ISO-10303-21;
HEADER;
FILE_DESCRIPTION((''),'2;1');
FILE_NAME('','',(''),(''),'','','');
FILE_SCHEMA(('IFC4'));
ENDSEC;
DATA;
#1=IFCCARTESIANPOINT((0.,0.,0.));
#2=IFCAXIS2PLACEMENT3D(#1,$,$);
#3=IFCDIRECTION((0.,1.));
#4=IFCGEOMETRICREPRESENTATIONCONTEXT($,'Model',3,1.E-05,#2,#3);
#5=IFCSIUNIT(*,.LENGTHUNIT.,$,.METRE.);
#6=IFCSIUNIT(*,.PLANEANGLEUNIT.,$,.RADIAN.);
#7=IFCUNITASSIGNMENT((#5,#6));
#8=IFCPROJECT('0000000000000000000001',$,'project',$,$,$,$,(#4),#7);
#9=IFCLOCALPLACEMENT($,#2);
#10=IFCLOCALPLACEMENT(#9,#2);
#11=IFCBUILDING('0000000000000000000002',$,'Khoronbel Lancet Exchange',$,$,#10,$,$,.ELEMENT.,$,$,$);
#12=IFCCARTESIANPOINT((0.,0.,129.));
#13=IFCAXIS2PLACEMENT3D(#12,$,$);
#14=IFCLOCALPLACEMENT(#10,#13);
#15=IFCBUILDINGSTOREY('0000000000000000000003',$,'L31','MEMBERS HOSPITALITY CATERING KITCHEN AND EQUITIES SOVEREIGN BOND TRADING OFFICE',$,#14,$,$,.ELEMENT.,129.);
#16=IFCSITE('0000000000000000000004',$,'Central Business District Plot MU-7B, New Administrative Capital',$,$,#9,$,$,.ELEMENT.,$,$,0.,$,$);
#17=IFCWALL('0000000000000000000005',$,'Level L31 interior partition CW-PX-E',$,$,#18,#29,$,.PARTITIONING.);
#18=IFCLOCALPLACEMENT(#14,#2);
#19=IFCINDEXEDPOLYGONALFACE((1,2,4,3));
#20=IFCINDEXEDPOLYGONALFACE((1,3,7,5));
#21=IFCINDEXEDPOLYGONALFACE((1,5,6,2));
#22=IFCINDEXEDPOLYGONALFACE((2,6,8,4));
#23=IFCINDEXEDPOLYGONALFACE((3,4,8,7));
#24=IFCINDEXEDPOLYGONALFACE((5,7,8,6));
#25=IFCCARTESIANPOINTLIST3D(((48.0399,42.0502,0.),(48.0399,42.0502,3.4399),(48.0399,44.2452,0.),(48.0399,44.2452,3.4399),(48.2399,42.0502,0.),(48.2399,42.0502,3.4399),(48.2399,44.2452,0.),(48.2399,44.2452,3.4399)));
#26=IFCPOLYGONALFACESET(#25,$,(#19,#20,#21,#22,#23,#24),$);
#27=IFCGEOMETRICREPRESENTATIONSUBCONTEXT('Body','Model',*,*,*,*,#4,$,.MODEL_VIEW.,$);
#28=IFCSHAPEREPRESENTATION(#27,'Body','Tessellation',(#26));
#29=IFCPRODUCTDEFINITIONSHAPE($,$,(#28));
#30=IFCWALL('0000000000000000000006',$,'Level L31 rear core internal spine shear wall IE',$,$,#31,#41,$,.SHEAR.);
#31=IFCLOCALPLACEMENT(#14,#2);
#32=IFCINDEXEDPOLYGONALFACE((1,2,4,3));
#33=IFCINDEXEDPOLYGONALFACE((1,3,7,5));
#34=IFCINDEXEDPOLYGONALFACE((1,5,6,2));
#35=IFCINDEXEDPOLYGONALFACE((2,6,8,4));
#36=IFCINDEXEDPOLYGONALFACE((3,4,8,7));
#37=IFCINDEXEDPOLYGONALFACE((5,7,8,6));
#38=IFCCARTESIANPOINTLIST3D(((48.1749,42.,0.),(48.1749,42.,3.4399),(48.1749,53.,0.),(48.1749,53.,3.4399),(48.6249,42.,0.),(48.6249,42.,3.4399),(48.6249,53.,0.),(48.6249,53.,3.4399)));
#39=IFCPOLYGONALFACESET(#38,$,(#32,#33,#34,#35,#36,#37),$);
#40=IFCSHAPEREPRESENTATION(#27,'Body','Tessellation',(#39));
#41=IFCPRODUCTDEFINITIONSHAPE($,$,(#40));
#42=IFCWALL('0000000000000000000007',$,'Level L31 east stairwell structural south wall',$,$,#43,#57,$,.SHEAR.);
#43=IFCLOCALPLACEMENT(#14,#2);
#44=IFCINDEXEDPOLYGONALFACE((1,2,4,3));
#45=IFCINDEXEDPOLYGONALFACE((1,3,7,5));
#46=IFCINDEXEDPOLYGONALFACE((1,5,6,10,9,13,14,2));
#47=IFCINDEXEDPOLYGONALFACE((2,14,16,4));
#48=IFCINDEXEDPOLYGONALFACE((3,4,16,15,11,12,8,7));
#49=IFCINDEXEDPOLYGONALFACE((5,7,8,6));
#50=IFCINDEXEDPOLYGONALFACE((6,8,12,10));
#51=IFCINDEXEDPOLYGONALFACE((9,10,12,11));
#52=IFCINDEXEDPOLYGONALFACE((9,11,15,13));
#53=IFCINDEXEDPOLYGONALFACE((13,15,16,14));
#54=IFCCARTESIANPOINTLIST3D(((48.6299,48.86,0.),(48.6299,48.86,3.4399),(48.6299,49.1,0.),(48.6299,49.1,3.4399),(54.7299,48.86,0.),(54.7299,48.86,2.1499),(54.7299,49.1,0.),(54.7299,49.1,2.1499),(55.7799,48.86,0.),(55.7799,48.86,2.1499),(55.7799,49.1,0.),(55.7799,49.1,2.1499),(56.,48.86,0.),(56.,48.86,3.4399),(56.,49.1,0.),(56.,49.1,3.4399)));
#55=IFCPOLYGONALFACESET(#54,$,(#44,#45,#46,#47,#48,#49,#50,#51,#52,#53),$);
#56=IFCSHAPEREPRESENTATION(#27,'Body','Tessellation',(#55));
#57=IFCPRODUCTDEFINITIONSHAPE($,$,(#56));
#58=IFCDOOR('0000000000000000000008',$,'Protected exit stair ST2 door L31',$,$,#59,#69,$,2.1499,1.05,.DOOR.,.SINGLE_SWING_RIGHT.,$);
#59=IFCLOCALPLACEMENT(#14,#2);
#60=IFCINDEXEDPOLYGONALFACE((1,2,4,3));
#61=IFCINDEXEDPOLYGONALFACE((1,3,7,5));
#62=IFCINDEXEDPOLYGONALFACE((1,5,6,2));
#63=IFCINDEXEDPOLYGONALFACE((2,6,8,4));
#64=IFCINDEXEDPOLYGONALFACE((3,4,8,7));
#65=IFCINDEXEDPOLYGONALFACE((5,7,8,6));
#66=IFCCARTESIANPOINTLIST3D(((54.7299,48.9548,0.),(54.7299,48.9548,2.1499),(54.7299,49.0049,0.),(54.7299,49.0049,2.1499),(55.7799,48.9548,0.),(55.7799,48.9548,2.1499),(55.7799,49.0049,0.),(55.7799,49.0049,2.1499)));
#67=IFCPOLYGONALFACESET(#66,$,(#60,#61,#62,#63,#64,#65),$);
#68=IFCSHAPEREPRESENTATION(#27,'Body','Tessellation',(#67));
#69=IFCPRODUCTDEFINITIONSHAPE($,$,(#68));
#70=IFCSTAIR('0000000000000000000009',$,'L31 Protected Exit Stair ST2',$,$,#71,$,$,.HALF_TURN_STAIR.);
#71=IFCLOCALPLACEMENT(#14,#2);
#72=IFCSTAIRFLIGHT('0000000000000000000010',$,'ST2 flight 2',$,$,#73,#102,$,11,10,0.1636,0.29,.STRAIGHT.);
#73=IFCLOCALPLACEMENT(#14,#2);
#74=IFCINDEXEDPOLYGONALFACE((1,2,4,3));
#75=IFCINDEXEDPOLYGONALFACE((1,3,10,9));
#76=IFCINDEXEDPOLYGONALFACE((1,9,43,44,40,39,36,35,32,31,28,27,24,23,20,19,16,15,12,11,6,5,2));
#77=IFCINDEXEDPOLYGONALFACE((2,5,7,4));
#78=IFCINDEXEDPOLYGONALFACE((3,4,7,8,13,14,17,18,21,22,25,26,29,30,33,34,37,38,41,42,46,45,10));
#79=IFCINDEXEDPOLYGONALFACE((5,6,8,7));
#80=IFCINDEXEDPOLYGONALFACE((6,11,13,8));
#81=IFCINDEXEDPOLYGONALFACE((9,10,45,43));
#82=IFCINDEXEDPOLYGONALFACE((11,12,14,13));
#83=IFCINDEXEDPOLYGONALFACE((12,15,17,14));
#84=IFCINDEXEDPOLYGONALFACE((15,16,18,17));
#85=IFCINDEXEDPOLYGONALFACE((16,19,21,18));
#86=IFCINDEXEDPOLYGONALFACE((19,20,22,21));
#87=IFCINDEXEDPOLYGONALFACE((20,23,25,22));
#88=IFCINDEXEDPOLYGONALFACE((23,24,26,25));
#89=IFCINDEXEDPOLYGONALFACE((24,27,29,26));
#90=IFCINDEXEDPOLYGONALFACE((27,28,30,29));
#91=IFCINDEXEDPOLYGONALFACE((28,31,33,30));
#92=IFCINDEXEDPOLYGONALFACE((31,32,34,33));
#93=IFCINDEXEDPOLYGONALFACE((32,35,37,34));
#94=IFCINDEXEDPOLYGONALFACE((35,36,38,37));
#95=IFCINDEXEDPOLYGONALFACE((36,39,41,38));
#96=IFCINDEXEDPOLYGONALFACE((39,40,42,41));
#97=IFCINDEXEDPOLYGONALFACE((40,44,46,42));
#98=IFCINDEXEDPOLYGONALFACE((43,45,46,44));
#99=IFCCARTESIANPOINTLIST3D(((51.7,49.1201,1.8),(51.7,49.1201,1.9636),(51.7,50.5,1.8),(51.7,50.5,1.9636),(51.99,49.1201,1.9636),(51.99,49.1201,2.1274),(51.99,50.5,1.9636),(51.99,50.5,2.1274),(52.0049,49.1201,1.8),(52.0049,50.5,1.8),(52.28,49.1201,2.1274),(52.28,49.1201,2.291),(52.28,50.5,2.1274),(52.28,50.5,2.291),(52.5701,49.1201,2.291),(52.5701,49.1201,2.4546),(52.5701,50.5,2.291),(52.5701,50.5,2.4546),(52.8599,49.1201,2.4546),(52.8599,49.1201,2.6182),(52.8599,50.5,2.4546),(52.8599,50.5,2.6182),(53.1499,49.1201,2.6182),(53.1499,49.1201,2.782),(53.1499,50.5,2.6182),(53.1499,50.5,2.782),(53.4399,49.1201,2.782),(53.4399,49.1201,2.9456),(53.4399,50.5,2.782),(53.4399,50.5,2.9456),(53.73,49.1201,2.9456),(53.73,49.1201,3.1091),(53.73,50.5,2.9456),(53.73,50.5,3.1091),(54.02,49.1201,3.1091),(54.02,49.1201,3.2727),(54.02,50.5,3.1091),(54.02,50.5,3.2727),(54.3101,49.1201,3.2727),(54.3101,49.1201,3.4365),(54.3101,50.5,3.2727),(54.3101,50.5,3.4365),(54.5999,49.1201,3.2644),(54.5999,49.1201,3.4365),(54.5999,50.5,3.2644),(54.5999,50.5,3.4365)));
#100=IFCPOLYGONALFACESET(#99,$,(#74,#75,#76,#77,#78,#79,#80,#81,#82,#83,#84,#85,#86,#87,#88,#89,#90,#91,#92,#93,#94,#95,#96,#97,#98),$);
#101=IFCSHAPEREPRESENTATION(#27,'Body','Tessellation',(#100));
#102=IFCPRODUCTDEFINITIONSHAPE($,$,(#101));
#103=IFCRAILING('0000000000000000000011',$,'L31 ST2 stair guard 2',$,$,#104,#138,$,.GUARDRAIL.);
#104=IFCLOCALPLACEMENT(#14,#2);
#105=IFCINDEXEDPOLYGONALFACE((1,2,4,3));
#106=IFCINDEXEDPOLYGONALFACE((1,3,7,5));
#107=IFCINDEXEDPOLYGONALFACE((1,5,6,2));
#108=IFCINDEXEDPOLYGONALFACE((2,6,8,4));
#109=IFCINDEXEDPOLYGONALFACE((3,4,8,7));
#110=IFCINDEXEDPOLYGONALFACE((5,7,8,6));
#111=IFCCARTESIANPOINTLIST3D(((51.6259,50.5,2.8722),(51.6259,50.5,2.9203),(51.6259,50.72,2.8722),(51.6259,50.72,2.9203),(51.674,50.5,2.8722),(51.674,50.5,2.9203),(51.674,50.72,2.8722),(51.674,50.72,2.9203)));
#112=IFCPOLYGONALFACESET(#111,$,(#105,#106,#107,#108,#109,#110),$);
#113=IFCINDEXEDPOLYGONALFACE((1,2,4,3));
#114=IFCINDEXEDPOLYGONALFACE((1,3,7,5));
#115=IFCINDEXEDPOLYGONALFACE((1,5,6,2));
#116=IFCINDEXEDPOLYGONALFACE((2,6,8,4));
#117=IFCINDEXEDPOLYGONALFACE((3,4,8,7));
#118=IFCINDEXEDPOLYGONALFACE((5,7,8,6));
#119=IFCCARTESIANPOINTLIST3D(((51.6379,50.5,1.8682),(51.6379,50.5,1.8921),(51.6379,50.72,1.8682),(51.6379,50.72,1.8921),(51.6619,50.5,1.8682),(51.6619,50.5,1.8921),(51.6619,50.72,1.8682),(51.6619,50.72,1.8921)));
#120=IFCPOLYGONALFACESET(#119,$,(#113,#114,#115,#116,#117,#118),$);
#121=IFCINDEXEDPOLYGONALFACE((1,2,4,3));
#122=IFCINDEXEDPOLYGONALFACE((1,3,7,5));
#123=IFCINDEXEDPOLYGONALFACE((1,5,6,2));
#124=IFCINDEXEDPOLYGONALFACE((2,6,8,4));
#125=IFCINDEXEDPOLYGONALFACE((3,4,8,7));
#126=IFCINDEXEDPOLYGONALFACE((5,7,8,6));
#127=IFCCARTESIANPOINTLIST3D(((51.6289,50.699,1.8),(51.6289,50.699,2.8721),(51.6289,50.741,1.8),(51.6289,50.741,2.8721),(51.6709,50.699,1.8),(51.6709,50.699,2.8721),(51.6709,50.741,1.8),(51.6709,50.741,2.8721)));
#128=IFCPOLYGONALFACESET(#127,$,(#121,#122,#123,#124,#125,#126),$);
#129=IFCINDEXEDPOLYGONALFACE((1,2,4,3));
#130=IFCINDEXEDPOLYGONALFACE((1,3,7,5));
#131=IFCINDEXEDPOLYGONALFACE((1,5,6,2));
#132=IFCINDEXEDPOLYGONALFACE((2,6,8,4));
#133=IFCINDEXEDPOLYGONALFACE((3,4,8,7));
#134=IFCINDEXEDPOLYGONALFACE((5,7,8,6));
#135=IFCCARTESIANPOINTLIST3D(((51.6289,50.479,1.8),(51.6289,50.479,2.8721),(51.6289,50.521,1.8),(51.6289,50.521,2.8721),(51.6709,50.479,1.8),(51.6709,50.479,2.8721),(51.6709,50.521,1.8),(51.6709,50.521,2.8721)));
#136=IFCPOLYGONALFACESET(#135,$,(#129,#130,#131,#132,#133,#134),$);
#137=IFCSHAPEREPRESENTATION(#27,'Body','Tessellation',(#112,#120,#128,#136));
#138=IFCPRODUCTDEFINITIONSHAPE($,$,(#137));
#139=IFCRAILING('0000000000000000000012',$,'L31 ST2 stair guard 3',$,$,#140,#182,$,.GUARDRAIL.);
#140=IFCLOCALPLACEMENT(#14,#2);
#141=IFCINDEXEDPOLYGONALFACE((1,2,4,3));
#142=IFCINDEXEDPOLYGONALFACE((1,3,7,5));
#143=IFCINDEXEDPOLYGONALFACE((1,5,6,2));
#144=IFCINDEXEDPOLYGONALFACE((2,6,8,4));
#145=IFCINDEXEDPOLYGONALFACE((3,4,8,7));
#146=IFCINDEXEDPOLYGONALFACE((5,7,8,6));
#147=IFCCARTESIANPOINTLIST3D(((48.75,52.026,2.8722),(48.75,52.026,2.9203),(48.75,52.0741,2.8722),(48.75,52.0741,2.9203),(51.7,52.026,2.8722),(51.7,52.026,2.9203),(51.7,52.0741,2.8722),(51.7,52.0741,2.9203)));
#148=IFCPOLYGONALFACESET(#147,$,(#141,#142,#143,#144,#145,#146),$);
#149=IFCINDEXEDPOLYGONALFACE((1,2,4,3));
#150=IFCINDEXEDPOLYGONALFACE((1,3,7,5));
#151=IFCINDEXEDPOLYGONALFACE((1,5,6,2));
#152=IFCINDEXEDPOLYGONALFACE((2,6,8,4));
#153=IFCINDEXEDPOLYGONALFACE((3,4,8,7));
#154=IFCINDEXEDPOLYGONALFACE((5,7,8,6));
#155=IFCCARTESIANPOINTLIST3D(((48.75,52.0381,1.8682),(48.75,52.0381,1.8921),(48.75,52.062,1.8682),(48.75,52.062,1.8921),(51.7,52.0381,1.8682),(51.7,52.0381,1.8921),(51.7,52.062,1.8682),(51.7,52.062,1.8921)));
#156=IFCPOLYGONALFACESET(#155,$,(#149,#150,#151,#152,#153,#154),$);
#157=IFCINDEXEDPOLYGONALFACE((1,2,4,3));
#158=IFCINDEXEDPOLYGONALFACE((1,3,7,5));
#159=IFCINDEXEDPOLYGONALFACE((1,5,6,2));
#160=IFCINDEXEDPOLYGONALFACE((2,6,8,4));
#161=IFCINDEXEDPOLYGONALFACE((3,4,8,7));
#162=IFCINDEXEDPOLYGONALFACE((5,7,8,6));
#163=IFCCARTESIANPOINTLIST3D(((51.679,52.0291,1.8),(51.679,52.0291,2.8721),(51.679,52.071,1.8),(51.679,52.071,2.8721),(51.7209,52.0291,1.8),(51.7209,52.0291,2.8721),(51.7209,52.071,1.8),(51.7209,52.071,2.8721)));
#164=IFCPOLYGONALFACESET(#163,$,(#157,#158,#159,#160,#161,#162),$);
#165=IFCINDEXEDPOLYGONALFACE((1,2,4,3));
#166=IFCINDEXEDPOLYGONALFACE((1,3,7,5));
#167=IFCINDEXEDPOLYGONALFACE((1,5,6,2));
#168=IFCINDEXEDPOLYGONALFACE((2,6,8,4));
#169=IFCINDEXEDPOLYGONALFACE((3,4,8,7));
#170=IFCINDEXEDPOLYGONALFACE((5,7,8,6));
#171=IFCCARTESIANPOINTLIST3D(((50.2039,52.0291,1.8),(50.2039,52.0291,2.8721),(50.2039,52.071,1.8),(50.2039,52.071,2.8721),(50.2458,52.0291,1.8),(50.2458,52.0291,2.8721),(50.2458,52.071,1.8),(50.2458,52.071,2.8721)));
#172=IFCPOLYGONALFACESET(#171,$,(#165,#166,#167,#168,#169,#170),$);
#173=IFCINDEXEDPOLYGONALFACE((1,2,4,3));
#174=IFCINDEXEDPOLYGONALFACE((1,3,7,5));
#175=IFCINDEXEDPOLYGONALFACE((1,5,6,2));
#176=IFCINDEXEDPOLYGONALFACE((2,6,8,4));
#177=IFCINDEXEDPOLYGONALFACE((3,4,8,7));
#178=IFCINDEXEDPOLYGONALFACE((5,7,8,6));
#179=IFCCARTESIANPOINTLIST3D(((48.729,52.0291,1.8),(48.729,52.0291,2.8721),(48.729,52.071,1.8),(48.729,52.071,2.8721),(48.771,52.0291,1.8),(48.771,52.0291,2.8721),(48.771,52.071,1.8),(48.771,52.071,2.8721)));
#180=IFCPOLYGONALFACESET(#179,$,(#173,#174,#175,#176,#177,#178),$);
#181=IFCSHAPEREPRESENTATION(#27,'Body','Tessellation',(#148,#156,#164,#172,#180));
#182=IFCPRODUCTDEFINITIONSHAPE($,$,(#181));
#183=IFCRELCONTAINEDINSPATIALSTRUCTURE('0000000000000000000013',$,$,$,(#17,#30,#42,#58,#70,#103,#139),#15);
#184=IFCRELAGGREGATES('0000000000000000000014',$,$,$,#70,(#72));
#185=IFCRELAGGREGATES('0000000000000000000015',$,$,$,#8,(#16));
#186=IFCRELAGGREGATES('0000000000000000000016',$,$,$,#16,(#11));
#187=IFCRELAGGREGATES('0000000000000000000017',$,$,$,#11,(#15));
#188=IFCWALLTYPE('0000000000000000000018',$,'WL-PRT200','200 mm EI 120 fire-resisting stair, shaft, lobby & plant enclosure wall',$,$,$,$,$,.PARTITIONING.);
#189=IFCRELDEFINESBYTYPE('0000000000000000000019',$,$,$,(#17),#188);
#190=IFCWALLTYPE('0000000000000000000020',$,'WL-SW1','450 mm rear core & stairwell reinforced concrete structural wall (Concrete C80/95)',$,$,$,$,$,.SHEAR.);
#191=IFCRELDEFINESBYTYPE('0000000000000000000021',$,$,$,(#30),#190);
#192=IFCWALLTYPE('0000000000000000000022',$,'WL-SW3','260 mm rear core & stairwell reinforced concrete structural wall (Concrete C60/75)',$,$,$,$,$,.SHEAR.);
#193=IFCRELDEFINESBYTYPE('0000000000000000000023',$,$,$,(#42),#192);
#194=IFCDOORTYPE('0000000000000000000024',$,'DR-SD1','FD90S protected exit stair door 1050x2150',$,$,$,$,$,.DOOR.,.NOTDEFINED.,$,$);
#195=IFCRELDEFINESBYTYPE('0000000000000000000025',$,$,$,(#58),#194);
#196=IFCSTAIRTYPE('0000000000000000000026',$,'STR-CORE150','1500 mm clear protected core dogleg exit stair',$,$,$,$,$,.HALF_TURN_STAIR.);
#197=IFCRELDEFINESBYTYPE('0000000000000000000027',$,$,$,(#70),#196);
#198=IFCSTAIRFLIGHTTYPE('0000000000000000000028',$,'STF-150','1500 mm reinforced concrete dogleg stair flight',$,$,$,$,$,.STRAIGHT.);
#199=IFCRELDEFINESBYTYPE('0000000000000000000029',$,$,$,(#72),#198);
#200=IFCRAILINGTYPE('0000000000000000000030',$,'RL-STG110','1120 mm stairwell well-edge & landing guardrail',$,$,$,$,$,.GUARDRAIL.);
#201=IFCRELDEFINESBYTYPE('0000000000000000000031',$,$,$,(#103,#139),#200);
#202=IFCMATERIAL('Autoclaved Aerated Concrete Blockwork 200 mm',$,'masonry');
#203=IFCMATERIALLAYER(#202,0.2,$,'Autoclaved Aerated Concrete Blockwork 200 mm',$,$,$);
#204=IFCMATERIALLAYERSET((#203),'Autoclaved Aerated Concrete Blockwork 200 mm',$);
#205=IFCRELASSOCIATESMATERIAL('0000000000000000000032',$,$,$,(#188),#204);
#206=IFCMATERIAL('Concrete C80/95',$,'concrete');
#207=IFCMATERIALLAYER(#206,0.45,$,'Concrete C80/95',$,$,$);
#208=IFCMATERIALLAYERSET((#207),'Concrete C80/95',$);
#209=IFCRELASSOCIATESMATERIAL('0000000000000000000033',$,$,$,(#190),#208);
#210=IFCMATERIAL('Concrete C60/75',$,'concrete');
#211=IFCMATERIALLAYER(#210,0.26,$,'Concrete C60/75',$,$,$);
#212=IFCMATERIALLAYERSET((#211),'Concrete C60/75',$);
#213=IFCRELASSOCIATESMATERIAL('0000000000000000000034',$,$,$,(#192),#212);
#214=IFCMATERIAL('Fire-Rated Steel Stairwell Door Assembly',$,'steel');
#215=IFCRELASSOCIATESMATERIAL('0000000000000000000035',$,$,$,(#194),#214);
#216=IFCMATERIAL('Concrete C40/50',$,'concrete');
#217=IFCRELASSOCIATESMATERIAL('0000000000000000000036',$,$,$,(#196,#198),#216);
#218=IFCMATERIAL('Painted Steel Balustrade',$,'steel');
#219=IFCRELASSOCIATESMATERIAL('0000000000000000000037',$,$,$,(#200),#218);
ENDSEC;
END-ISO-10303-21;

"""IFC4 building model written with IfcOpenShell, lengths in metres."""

from ifc_helpers import new_model, si_unit, direction, frame, frame_2d, origin, origin_2d, place, context, subcontext, project, spatial, polyline, rectangle, outline, extrude, material, layer, layer_set, type_object, element, fill, aggregate, save


model = new_model("IFC4")

# Units and contexts
model_context = context("Model", 3, precision=1e-05, world=origin(), true_north=direction((0.0, 1.0)))
body_context = subcontext(model_context, "Body", "Model", "MODEL_VIEW")
ifc_project = project(units=[si_unit("LENGTHUNIT", "METRE"), si_unit("PLANEANGLEUNIT", "RADIAN")], contexts=[model_context])

# Site, building, storey
site_placement = place(None, origin())
site = spatial("IfcSite", under=ifc_project, at=site_placement, Name="Central Business District Plot MU-7B, New Administrative Capital", CompositionType="ELEMENT", RefElevation=0.0)
building_placement = place(site_placement, origin())
building = spatial("IfcBuilding", under=site, at=building_placement, Name="Khoronbel Lancet Exchange", CompositionType="ELEMENT")
storey_placement = place(building_placement, frame((0.0, 0.0, 129.0)))
storey = spatial("IfcBuildingStorey", under=building, at=storey_placement, Name="L31", Description="MEMBERS HOSPITALITY CATERING KITCHEN AND EQUITIES SOVEREIGN BOND TRADING OFFICE", CompositionType="ELEMENT", Elevation=129.0)

# Shared definitions
ifc_material_1 = material(Name="Autoclaved Aerated Concrete Blockwork 200 mm", Category="masonry")
ifc_layer_1 = layer(ifc_material_1, 0.2, Name="Autoclaved Aerated Concrete Blockwork 200 mm")
ifc_layer_set_1 = layer_set([ifc_layer_1], Name="Autoclaved Aerated Concrete Blockwork 200 mm")
wall_type_1 = type_object("IfcWallType", Name="WL-PRT200", Description="200 mm EI 120 fire-resisting stair, shaft, lobby & plant enclosure wall", PredefinedType="PARTITIONING", material=ifc_layer_set_1)

# Walls
wall_1_placement = place(storey_placement, frame((48.1399, 42.05, 0.0), z_axis=(0.0, 0.0, 1.0), x_axis=(0.0, 1.0, 0.0)))
element("IfcWall", 1, at=wall_1_placement, inside=storey, type_object=wall_type_1, Name="Level L31 interior partition CW-PX-E", PredefinedType="PARTITIONING", context=body_context, shape_type="SweptSolid", body=[
    extrude(rectangle(XDim=2.1951, YDim=0.2, at=frame_2d((1.0977, 0.0))), origin(), (0.0, 0.0, 1.0), 3.4399),
])
ifc_material_2 = material(Name="Concrete C80/95", Category="concrete")
ifc_layer_2 = layer(ifc_material_2, 0.45, Name="Concrete C80/95")
ifc_layer_set_2 = layer_set([ifc_layer_2], Name="Concrete C80/95")
wall_type_2 = type_object("IfcWallType", Name="WL-SW1", Description="450 mm rear core & stairwell reinforced concrete structural wall (Concrete C80/95)", PredefinedType="SHEAR", material=ifc_layer_set_2)
wall_2_placement = place(storey_placement, frame((48.3999, 42.0, 0.0), z_axis=(0.0, 0.0, 1.0), x_axis=(0.0, 1.0, 0.0)))
element("IfcWall", 2, at=wall_2_placement, inside=storey, type_object=wall_type_2, Name="Level L31 rear core internal spine shear wall IE", PredefinedType="SHEAR", context=body_context, shape_type="SweptSolid", body=[
    extrude(rectangle(XDim=11.0, YDim=0.45, at=frame_2d((5.5, 0.0))), origin(), (0.0, 0.0, 1.0), 3.4399),
])

# Wall, opening, door
ifc_material_3 = material(Name="Concrete C60/75", Category="concrete")
ifc_layer_3 = layer(ifc_material_3, 0.26, Name="Concrete C60/75")
ifc_layer_set_3 = layer_set([ifc_layer_3], Name="Concrete C60/75")
wall_type_3 = type_object("IfcWallType", Name="WL-SW3", Description="260 mm rear core & stairwell reinforced concrete structural wall (Concrete C60/75)", PredefinedType="SHEAR", material=ifc_layer_set_3)
wall_3_placement = place(storey_placement, frame((48.6299, 48.98, 0.0), z_axis=(0.0, 0.0, 1.0), x_axis=(1.0, 0.0, 0.0)))
wall_3 = element("IfcWall", 3, at=wall_3_placement, inside=storey, type_object=wall_type_3, Name="Level L31 east stairwell structural south wall", PredefinedType="SHEAR", context=body_context, shape_type="SweptSolid", body=[
    extrude(rectangle(XDim=7.3701, YDim=0.24, at=frame_2d((3.6851, 0.0))), origin(), (0.0, 0.0, 1.0), 3.4399),
])
opening_1_placement = place(wall_3_placement, frame((6.1001, 0.0, 0.0)))
opening_1 = element("IfcOpeningElement", 4, at=opening_1_placement, cuts=wall_3, PredefinedType="OPENING", context=body_context, shape_type="SweptSolid", body=[
    extrude(rectangle(XDim=1.05, YDim=2.1499, at=frame_2d((0.5249, 1.075))), frame((0.0, 0.1299, 0.0), z_axis=(0.0, -1.0, 0.0), x_axis=(1.0, 0.0, 0.0)), (0.0, 0.0, 1.0), 0.26),
])
ifc_material_4 = material(Name="Fire-Rated Steel Stairwell Door Assembly", Category="steel")
door_type_1 = type_object("IfcDoorType", Name="DR-SD1", Description="FD90S protected exit stair door 1050x2150", OperationType="NOTDEFINED", PredefinedType="DOOR", material=ifc_material_4)
door_1_placement = place(opening_1_placement, origin())
door_1 = element("IfcDoor", 5, at=door_1_placement, inside=storey, type_object=door_type_1, Name="Protected exit stair ST2 door L31", OperationType="SINGLE_SWING_RIGHT", OverallHeight=2.1499, OverallWidth=1.05, PredefinedType="DOOR", context=body_context, shape_type="SweptSolid", body=[
    extrude(rectangle(XDim=1.05, YDim=2.1499, at=frame_2d((0.5249, 1.075))), frame((0.0, 0.0249, 0.0), z_axis=(0.0, -1.0, 0.0), x_axis=(1.0, 0.0, 0.0)), (0.0, 0.0, 1.0), 0.05),
])
fill(opening_1, door_1)

# Stair, stair flight
ifc_material_5 = material(Name="Concrete C40/50", Category="concrete")
stair_type = type_object("IfcStairType", Name="STR-CORE150", Description="1500 mm clear protected core dogleg exit stair", PredefinedType="HALF_TURN_STAIR", material=ifc_material_5)
stair_placement = place(storey_placement, origin())
stair = element("IfcStair", 6, at=stair_placement, inside=storey, type_object=stair_type, Name="L31 Protected Exit Stair ST2", PredefinedType="HALF_TURN_STAIR")
stair_flight_type = type_object("IfcStairFlightType", Name="STF-150", Description="1500 mm reinforced concrete dogleg stair flight", PredefinedType="STRAIGHT", material=ifc_material_5)
stair_flight_placement = place(storey_placement, frame((51.7, 49.8101, 1.8), z_axis=(0.0, 0.0, 1.0), x_axis=(1.0, 0.0, 0.0)))
stair_flight = element("IfcStairFlight", 7, at=stair_flight_placement, type_object=stair_flight_type, Name="ST2 flight 2", NumberOfRisers=11, NumberOfTreads=10, PredefinedType="STRAIGHT", RiserHeight=0.1636, TreadLength=0.29, context=body_context, shape_type="SweptSolid", body=[
    extrude(outline(polyline([(0.0, 0.0), (0.0, 0.1636), (0.29, 0.1636), (0.29, 0.3274), (0.5801, 0.3274), (0.5801, 0.491), (0.8701, 0.491), (0.8701, 0.6545), (1.1599, 0.6545), (1.1599, 0.8181), (1.45, 0.8181), (1.45, 0.9819), (1.74, 0.9819), (1.74, 1.1455), (2.03, 1.1455), (2.03, 1.3091), (2.3201, 1.3091), (2.3201, 1.4727), (2.6101, 1.4727), (2.6101, 1.6365), (2.8999, 1.6365), (2.8999, 1.8), (2.8999, 1.4644), (0.3049, 0.0), (0.0, 0.0)])), frame((0.0, 0.6899, 0.0), z_axis=(0.0, -1.0, 0.0), x_axis=(1.0, 0.0, 0.0)), (0.0, 0.0, 1.0), 1.3799),
])
aggregate(stair, [stair_flight])

# Railings
ifc_material_6 = material(Name="Painted Steel Balustrade", Category="steel")
railing_type_1 = type_object("IfcRailingType", Name="RL-STG110", Description="1120 mm stairwell well-edge & landing guardrail", PredefinedType="GUARDRAIL", material=ifc_material_6)
railing_1_placement = place(storey_placement, frame((51.6499, 50.72, 1.8)))
element("IfcRailing", 8, at=railing_1_placement, inside=storey, type_object=railing_type_1, Name="L31 ST2 stair guard 2", PredefinedType="GUARDRAIL", context=body_context, shape_type="SweptSolid", body=[
    extrude(rectangle(XDim=0.0481, YDim=0.0481, at=origin_2d()), frame((0.0, 0.0, 1.0962), z_axis=(0.0, -1.0, 0.0), x_axis=(1.0, 0.0, 0.0)), (0.0, 0.0, 1.0), 0.22),
    extrude(rectangle(XDim=0.0239, YDim=0.0239, at=origin_2d()), frame((0.0, 0.0, 0.0801), z_axis=(0.0, -1.0, 0.0), x_axis=(1.0, 0.0, 0.0)), (0.0, 0.0, 1.0), 0.22),
    extrude(rectangle(XDim=0.042, YDim=0.042, at=origin_2d()), origin(), (0.0, 0.0, 1.0), 1.072),
    extrude(rectangle(XDim=0.042, YDim=0.042, at=origin_2d()), frame((0.0, -0.22, 0.0)), (0.0, 0.0, 1.0), 1.072),
])
railing_2_placement = place(storey_placement, frame((51.7, 52.05, 1.8)))
element("IfcRailing", 9, at=railing_2_placement, inside=storey, type_object=railing_type_1, Name="L31 ST2 stair guard 3", PredefinedType="GUARDRAIL", context=body_context, shape_type="SweptSolid", body=[
    extrude(rectangle(XDim=0.0481, YDim=0.0481, at=origin_2d()), frame((0.0, 0.0, 1.0962), z_axis=(-1.0, 0.0, 0.0), x_axis=(0.0, -1.0, 0.0)), (0.0, 0.0, 1.0), 2.95),
    extrude(rectangle(XDim=0.0239, YDim=0.0239, at=origin_2d()), frame((0.0, 0.0, 0.0801), z_axis=(-1.0, 0.0, 0.0), x_axis=(0.0, -1.0, 0.0)), (0.0, 0.0, 1.0), 2.95),
    extrude(rectangle(XDim=0.042, YDim=0.042, at=origin_2d()), origin(), (0.0, 0.0, 1.0), 1.072),
    extrude(rectangle(XDim=0.042, YDim=0.042, at=origin_2d()), frame((-1.4751, 0.0, 0.0)), (0.0, 0.0, 1.0), 1.072),
    extrude(rectangle(XDim=0.042, YDim=0.042, at=origin_2d()), frame((-2.95, 0.0, 0.0)), (0.0, 0.0, 1.0), 1.072),
])

save(model, "model.ifc")
